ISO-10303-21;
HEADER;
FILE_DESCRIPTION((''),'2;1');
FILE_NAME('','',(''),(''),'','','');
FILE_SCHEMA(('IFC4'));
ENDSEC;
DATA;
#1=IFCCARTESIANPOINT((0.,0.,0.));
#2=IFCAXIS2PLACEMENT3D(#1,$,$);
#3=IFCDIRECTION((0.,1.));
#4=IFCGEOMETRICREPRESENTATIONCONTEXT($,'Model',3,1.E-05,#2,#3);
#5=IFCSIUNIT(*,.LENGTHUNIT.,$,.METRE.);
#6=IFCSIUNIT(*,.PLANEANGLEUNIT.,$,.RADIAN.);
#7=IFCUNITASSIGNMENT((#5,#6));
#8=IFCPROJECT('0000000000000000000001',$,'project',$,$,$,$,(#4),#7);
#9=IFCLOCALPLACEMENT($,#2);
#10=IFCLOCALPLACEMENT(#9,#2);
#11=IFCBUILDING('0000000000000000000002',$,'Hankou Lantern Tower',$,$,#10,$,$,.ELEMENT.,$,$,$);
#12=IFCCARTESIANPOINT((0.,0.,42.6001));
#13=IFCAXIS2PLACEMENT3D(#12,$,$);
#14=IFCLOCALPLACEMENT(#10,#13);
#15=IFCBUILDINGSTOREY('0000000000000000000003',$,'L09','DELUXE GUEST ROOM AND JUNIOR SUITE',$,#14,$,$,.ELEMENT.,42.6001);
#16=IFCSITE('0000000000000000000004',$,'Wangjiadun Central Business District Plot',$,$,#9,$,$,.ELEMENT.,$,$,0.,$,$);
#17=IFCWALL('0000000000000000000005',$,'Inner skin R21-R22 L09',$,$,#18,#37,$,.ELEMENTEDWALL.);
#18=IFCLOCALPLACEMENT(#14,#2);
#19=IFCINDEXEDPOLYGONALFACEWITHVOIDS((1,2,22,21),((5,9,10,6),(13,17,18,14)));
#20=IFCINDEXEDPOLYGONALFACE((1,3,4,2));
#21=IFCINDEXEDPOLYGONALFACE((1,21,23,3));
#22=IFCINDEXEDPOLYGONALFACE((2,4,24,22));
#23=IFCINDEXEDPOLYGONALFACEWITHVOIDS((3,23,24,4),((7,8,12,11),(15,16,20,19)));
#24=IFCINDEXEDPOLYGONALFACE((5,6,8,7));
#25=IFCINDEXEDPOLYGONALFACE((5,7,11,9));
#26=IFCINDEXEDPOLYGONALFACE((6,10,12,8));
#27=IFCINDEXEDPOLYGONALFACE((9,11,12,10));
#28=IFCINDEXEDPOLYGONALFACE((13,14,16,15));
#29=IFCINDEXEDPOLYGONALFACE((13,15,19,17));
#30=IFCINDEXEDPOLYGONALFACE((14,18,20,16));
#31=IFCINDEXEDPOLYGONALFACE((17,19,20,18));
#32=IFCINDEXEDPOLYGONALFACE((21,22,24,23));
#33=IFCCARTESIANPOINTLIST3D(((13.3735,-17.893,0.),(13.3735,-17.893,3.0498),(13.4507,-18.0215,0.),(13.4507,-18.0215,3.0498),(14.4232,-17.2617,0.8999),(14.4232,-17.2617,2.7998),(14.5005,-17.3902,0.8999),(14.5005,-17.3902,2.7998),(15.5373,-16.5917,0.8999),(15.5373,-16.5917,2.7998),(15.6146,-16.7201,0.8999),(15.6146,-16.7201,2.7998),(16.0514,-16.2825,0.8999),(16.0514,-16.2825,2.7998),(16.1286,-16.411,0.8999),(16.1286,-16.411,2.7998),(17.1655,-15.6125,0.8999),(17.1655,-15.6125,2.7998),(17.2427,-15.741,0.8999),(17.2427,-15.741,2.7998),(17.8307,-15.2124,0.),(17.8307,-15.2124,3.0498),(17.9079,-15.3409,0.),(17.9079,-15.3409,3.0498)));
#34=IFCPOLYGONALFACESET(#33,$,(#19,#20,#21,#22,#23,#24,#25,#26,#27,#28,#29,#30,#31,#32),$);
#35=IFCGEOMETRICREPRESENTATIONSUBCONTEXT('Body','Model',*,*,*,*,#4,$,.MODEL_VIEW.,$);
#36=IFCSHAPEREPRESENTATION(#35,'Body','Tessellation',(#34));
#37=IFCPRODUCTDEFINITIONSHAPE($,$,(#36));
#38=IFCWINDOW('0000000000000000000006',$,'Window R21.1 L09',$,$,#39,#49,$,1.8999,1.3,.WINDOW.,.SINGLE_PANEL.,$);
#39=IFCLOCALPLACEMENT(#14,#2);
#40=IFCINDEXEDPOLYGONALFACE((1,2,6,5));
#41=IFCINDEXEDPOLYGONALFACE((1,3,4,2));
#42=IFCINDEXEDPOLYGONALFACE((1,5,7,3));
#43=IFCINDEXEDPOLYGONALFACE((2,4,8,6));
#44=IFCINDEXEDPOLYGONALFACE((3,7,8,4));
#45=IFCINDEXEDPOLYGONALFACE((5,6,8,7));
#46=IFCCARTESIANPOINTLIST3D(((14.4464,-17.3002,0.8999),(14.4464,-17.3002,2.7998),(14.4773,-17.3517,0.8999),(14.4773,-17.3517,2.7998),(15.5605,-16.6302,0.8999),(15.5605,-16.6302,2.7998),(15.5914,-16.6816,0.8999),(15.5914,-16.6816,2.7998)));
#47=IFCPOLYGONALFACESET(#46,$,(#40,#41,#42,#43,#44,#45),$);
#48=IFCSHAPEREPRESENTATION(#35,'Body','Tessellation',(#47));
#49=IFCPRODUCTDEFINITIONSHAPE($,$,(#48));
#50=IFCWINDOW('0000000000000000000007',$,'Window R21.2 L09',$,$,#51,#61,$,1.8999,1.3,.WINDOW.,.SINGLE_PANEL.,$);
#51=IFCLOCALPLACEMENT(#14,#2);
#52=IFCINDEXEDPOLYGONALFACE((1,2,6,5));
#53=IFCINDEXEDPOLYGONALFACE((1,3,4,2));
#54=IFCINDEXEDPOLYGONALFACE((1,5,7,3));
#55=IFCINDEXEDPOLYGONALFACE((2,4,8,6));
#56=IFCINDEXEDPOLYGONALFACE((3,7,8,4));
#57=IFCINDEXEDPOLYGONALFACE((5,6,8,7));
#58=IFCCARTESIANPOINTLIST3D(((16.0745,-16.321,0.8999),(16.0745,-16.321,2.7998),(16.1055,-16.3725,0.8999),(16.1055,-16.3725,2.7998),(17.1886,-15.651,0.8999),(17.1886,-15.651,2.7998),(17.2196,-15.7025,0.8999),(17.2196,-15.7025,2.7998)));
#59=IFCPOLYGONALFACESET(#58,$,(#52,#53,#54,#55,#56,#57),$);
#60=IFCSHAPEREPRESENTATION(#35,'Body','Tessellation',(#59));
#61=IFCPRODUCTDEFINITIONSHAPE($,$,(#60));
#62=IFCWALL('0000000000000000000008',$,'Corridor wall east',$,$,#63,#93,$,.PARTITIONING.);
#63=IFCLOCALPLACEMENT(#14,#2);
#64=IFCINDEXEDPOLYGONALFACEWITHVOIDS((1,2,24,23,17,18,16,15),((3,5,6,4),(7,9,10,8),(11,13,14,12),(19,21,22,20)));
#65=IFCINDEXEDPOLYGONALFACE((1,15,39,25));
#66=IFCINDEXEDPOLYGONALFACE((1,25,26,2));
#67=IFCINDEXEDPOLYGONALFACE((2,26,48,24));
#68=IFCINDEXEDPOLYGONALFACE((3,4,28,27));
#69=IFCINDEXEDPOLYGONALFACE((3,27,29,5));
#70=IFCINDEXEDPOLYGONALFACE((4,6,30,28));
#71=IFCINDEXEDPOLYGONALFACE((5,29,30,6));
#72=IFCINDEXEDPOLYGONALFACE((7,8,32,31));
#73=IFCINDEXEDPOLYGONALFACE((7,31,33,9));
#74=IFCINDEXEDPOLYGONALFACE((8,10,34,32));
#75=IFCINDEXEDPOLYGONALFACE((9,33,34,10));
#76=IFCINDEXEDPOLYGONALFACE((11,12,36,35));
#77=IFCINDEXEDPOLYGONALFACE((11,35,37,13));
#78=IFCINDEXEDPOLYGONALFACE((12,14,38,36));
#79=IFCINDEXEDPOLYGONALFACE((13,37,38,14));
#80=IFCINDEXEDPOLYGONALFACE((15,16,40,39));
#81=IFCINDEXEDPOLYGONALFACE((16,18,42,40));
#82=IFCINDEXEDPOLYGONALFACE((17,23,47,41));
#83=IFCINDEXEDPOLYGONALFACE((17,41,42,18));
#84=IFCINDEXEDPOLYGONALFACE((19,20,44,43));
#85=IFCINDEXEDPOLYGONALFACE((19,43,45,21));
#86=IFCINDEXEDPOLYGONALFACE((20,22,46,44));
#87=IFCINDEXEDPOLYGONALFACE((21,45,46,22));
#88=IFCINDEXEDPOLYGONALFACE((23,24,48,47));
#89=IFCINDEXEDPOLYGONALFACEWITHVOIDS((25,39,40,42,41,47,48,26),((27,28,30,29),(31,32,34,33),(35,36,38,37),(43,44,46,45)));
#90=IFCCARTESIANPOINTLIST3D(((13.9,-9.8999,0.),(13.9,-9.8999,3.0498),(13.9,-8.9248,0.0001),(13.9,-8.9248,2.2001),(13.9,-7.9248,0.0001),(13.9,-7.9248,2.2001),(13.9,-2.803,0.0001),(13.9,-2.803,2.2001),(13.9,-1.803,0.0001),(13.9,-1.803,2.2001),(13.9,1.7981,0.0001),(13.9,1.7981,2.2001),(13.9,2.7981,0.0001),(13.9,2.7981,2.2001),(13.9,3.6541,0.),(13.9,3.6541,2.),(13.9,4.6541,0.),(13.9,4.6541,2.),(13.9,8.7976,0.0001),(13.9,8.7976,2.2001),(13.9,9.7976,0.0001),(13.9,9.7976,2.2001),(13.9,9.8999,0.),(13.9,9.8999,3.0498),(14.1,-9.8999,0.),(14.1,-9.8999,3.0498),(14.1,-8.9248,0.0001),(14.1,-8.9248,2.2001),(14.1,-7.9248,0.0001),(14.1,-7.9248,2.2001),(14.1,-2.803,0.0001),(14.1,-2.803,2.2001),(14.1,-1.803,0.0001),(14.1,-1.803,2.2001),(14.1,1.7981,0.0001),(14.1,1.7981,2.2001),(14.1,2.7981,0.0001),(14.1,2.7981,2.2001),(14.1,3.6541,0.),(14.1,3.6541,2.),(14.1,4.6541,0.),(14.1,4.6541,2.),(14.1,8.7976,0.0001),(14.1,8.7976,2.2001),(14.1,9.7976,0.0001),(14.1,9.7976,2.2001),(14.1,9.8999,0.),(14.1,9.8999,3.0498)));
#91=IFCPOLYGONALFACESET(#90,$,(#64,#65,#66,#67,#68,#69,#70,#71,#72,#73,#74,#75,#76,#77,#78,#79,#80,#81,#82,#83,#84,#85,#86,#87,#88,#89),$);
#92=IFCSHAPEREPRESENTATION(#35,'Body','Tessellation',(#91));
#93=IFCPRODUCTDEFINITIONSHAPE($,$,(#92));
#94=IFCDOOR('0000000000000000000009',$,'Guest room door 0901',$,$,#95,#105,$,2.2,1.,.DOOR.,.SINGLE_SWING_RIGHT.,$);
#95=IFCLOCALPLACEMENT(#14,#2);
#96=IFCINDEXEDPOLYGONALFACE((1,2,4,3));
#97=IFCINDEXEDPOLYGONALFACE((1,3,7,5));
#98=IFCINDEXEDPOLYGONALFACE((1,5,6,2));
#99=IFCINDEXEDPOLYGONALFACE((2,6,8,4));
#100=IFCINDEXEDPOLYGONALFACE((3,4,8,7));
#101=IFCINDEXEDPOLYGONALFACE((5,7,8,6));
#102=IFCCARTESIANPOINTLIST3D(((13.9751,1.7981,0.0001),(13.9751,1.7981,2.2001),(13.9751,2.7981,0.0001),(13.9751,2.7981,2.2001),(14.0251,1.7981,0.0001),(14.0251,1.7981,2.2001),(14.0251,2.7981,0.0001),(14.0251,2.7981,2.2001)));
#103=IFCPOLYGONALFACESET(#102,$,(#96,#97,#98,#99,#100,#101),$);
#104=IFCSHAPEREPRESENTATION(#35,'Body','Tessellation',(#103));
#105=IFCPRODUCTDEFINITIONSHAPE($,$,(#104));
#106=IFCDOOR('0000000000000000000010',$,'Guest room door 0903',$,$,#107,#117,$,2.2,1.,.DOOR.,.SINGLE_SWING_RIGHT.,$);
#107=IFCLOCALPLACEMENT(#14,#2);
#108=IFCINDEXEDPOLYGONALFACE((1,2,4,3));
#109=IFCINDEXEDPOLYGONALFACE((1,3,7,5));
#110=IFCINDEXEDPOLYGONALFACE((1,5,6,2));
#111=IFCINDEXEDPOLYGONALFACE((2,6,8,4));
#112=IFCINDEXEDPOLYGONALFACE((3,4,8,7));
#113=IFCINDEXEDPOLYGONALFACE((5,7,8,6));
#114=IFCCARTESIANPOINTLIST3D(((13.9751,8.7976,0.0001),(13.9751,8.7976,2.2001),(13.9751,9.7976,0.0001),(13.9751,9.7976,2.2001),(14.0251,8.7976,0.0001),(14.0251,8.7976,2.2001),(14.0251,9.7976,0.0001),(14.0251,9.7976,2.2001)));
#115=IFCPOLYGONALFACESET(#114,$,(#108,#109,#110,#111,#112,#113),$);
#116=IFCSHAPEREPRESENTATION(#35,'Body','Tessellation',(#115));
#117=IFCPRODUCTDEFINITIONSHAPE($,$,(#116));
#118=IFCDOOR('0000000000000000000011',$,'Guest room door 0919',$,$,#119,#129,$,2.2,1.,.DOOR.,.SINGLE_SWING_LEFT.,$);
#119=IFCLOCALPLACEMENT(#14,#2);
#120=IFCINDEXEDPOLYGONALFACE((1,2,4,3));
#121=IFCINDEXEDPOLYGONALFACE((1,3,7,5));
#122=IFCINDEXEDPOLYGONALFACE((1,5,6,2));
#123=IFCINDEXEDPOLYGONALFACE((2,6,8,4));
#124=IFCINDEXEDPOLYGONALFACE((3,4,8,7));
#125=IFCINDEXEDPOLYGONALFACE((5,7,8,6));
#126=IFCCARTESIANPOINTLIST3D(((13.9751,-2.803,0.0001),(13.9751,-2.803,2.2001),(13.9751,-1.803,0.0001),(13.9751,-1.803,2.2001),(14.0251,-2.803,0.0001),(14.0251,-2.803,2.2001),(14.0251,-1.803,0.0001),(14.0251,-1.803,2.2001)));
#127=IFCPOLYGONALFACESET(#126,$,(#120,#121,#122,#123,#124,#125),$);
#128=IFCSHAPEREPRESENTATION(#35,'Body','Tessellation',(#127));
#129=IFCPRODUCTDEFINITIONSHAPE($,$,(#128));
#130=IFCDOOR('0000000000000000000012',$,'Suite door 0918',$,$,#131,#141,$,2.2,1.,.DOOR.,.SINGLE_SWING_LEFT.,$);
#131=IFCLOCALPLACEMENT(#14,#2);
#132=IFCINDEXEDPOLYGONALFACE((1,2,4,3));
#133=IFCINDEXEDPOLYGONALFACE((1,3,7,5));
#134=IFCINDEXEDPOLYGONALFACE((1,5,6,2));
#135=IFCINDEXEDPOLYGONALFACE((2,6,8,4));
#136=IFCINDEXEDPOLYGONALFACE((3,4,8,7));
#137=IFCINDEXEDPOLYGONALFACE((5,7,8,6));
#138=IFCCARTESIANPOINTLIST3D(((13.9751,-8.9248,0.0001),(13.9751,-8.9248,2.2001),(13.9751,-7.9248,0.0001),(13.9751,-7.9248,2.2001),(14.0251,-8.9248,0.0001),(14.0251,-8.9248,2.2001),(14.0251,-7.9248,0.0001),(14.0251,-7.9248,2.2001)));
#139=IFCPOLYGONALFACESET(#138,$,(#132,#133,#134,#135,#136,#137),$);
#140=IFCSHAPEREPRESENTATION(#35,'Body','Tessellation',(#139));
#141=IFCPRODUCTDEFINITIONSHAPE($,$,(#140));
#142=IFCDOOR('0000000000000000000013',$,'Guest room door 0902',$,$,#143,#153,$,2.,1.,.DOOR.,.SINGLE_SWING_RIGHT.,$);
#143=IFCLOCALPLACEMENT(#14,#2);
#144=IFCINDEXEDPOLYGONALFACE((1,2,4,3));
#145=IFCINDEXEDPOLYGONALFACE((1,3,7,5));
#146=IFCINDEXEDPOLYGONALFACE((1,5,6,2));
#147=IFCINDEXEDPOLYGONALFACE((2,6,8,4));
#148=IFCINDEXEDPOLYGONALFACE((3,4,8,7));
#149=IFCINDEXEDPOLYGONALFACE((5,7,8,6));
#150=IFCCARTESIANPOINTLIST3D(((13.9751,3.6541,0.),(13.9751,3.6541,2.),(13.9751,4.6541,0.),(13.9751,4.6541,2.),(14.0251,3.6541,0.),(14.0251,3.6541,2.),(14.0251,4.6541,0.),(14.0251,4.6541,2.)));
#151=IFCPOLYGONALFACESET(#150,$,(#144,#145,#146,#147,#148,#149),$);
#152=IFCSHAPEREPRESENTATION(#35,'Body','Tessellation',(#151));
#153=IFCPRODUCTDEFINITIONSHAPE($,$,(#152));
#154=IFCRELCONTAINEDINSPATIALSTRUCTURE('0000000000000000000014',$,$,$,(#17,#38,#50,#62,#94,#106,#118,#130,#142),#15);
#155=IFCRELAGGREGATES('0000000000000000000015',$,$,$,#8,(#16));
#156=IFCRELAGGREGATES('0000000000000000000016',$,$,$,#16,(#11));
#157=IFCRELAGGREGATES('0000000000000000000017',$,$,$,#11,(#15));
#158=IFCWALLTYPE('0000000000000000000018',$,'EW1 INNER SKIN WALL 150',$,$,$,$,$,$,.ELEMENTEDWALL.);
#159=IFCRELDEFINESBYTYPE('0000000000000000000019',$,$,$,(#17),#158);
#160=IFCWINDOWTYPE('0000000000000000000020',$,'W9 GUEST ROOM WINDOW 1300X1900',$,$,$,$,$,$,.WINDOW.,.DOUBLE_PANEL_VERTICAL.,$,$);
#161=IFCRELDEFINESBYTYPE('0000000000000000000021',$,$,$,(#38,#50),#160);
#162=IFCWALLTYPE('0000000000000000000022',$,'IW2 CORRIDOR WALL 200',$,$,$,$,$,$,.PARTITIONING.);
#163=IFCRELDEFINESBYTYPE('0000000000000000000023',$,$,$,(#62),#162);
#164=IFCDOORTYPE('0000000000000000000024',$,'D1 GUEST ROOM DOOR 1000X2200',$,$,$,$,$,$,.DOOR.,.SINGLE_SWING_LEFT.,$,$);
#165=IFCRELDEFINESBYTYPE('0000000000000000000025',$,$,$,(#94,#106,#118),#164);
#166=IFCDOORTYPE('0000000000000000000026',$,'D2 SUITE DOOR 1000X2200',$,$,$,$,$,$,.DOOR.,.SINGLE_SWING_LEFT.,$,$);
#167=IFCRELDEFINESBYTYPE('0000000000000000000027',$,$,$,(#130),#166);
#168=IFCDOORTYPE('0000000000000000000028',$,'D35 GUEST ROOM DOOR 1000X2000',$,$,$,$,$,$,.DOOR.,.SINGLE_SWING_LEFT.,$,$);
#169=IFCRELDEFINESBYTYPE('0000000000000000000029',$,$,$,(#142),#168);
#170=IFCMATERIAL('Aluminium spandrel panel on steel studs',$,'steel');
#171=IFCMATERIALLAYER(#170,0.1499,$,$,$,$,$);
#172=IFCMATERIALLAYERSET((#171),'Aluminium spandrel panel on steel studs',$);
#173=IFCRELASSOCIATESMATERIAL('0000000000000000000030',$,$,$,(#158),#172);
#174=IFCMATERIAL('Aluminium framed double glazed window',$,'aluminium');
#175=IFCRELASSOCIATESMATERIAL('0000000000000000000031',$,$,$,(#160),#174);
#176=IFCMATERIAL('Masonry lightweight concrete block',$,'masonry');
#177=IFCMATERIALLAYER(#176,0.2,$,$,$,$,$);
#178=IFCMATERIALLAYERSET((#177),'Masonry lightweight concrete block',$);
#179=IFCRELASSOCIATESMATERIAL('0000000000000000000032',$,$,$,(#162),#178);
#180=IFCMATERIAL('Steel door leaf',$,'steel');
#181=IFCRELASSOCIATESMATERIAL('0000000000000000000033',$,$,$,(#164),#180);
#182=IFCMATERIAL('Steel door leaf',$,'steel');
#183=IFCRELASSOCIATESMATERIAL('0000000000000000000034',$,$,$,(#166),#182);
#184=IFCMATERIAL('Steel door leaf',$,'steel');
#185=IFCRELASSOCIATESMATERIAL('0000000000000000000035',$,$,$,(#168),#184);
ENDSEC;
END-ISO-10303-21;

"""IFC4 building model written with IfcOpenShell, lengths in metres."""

from ifc_helpers import new_model, si_unit, direction, frame, frame_2d, origin, place, context, subcontext, project, spatial, rectangle, extrude, material, layer, layer_set, type_object, element, fill, save


model = new_model("IFC4")

# Units and contexts
model_context = context("Model", 3, precision=1e-05, world=origin(), true_north=direction((0.0, 1.0)))
body_context = subcontext(model_context, "Body", "Model", "MODEL_VIEW")
ifc_project = project(units=[si_unit("LENGTHUNIT", "METRE"), si_unit("PLANEANGLEUNIT", "RADIAN")], contexts=[model_context])

# Site, building, storey
site_placement = place(None, origin())
site = spatial("IfcSite", under=ifc_project, at=site_placement, Name="Wangjiadun Central Business District Plot", CompositionType="ELEMENT", RefElevation=0.0)
building_placement = place(site_placement, origin())
building = spatial("IfcBuilding", under=site, at=building_placement, Name="Hankou Lantern Tower", CompositionType="ELEMENT")
storey_placement = place(building_placement, frame((0.0, 0.0, 42.6001)))
storey = spatial("IfcBuildingStorey", under=building, at=storey_placement, Name="L09", Description="DELUXE GUEST ROOM AND JUNIOR SUITE", CompositionType="ELEMENT", Elevation=42.6001)

# Wall, openings, windows
ifc_material_1 = material(Name="Aluminium spandrel panel on steel studs", Category="steel")
ifc_layer_1 = layer(ifc_material_1, 0.1499)
ifc_layer_set_1 = layer_set([ifc_layer_1], Name="Aluminium spandrel panel on steel studs")
wall_type_1 = type_object("IfcWallType", Name="EW1 INNER SKIN WALL 150", PredefinedType="ELEMENTEDWALL", material=ifc_layer_set_1)
wall_1_placement = place(storey_placement, frame((13.4121, -17.9573, 0.0), z_axis=(0.0, 0.0, 1.0), x_axis=(0.856958, 0.515386, 0.0)))
wall_1 = element("IfcWall", 1, at=wall_1_placement, inside=storey, type_object=wall_type_1, Name="Inner skin R21-R22 L09", PredefinedType="ELEMENTEDWALL", context=body_context, shape_type="SweptSolid", body=[
    extrude(rectangle(XDim=5.2012, YDim=0.1499, at=frame_2d((2.6006, 0.0))), origin(), (0.0, 0.0, 1.0), 3.0498),
])
opening_1_placement = place(wall_1_placement, frame((1.2251, 0.0, 0.8999)))
opening_1 = element("IfcOpeningElement", 2, at=opening_1_placement, cuts=wall_1, PredefinedType="OPENING", context=body_context, shape_type="SweptSolid", body=[
    extrude(rectangle(XDim=1.3, YDim=1.8999, at=frame_2d((0.6499, 0.95))), frame((0.0, 0.085, 0.0), z_axis=(0.0, -1.0, 0.0), x_axis=(1.0, 0.0, 0.0)), (0.0, 0.0, 1.0), 0.1699),
])
opening_2_placement = place(wall_1_placement, frame((3.125, 0.0, 0.8999)))
opening_2 = element("IfcOpeningElement", 3, at=opening_2_placement, cuts=wall_1, PredefinedType="OPENING", context=body_context, shape_type="SweptSolid", body=[
    extrude(rectangle(XDim=1.3, YDim=1.8999, at=frame_2d((0.6499, 0.95))), frame((0.0, 0.085, 0.0), z_axis=(0.0, -1.0, 0.0), x_axis=(1.0, 0.0, 0.0)), (0.0, 0.0, 1.0), 0.1699),
])
ifc_material_2 = material(Name="Aluminium framed double glazed window", Category="aluminium")
window_type = type_object("IfcWindowType", Name="W9 GUEST ROOM WINDOW 1300X1900", PartitioningType="DOUBLE_PANEL_VERTICAL", PredefinedType="WINDOW", material=ifc_material_2)
window_1_placement = place(opening_1_placement, origin())
window_1 = element("IfcWindow", 4, at=window_1_placement, inside=storey, type_object=window_type, Name="Window R21.1 L09", OverallHeight=1.8999, OverallWidth=1.3, PartitioningType="SINGLE_PANEL", PredefinedType="WINDOW", context=body_context, shape_type="SweptSolid", body=[
    extrude(rectangle(XDim=1.3, YDim=1.8999, at=frame_2d((0.6499, 0.95))), frame((0.0, 0.03, 0.0), z_axis=(0.0, -1.0, 0.0), x_axis=(1.0, 0.0, 0.0)), (0.0, 0.0, 1.0), 0.0601),
])
fill(opening_1, window_1)
window_2_placement = place(opening_2_placement, origin())
window_2 = element("IfcWindow", 5, at=window_2_placement, inside=storey, type_object=window_type, Name="Window R21.2 L09", OverallHeight=1.8999, OverallWidth=1.3, PartitioningType="SINGLE_PANEL", PredefinedType="WINDOW", context=body_context, shape_type="SweptSolid", body=[
    extrude(rectangle(XDim=1.3, YDim=1.8999, at=frame_2d((0.6499, 0.95))), frame((0.0, 0.03, 0.0), z_axis=(0.0, -1.0, 0.0), x_axis=(1.0, 0.0, 0.0)), (0.0, 0.0, 1.0), 0.0601),
])
fill(opening_2, window_2)

# Wall, openings, doors
ifc_material_3 = material(Name="Masonry lightweight concrete block", Category="masonry")
ifc_layer_2 = layer(ifc_material_3, 0.2)
ifc_layer_set_2 = layer_set([ifc_layer_2], Name="Masonry lightweight concrete block")
wall_type_2 = type_object("IfcWallType", Name="IW2 CORRIDOR WALL 200", PredefinedType="PARTITIONING", material=ifc_layer_set_2)
wall_2_placement = place(storey_placement, frame((14.0, -9.8999, 0.0), z_axis=(0.0, 0.0, 1.0), x_axis=(0.0, 1.0, 0.0)))
wall_2 = element("IfcWall", 6, at=wall_2_placement, inside=storey, type_object=wall_type_2, Name="Corridor wall east", PredefinedType="PARTITIONING", context=body_context, shape_type="SweptSolid", body=[
    extrude(rectangle(XDim=19.7998, YDim=0.2, at=frame_2d((9.8999, 0.0))), origin(), (0.0, 0.0, 1.0), 3.0498),
])
opening_3_placement = place(wall_2_placement, frame((11.698, 0.0, 0.0)))
opening_3 = element("IfcOpeningElement", 7, at=opening_3_placement, cuts=wall_2, PredefinedType="OPENING", context=body_context, shape_type="SweptSolid", body=[
    extrude(rectangle(XDim=1.0, YDim=2.2, at=frame_2d((0.5, 1.1001))), frame((0.0, 0.1099, 0.0), z_axis=(0.0, -1.0, 0.0), x_axis=(1.0, 0.0, 0.0)), (0.0, 0.0, 1.0), 0.22),
])
opening_4_placement = place(wall_2_placement, frame((13.554, 0.0, 0.0)))
opening_4 = element("IfcOpeningElement", 8, at=opening_4_placement, cuts=wall_2, PredefinedType="OPENING", context=body_context, shape_type="SweptSolid", body=[
    extrude(rectangle(XDim=1.0, YDim=2.0, at=frame_2d((0.5, 1.0))), frame((0.0, 0.1099, 0.0), z_axis=(0.0, -1.0, 0.0), x_axis=(1.0, 0.0, 0.0)), (0.0, 0.0, 1.0), 0.22),
])
opening_5_placement = place(wall_2_placement, frame((18.6975, 0.0, 0.0)))
opening_5 = element("IfcOpeningElement", 9, at=opening_5_placement, cuts=wall_2, PredefinedType="OPENING", context=body_context, shape_type="SweptSolid", body=[
    extrude(rectangle(XDim=1.0, YDim=2.2, at=frame_2d((0.5, 1.1001))), frame((0.0, 0.1099, 0.0), z_axis=(0.0, -1.0, 0.0), x_axis=(1.0, 0.0, 0.0)), (0.0, 0.0, 1.0), 0.22),
])
opening_6_placement = place(wall_2_placement, frame((0.9751, 0.0, 0.0)))
opening_6 = element("IfcOpeningElement", 10, at=opening_6_placement, cuts=wall_2, PredefinedType="OPENING", context=body_context, shape_type="SweptSolid", body=[
    extrude(rectangle(XDim=1.0, YDim=2.2, at=frame_2d((0.5, 1.1001))), frame((0.0, 0.1099, 0.0), z_axis=(0.0, -1.0, 0.0), x_axis=(1.0, 0.0, 0.0)), (0.0, 0.0, 1.0), 0.22),
])
opening_7_placement = place(wall_2_placement, frame((7.0969, 0.0, 0.0)))
opening_7 = element("IfcOpeningElement", 11, at=opening_7_placement, cuts=wall_2, PredefinedType="OPENING", context=body_context, shape_type="SweptSolid", body=[
    extrude(rectangle(XDim=1.0, YDim=2.2, at=frame_2d((0.5, 1.1001))), frame((0.0, 0.1099, 0.0), z_axis=(0.0, -1.0, 0.0), x_axis=(1.0, 0.0, 0.0)), (0.0, 0.0, 1.0), 0.22),
])
ifc_material_4 = material(Name="Steel door leaf", Category="steel")
door_type_1 = type_object("IfcDoorType", Name="D1 GUEST ROOM DOOR 1000X2200", OperationType="SINGLE_SWING_LEFT", PredefinedType="DOOR", material=ifc_material_4)
door_1_placement = place(opening_3_placement, origin())
door_1 = element("IfcDoor", 12, at=door_1_placement, inside=storey, type_object=door_type_1, Name="Guest room door 0901", OperationType="SINGLE_SWING_RIGHT", OverallHeight=2.2, OverallWidth=1.0, PredefinedType="DOOR", context=body_context, shape_type="SweptSolid", body=[
    extrude(rectangle(XDim=1.0, YDim=2.2, at=frame_2d((0.5, 1.1001))), frame((0.0, 0.0249, 0.0), z_axis=(0.0, -1.0, 0.0), x_axis=(1.0, 0.0, 0.0)), (0.0, 0.0, 1.0), 0.05),
])
fill(opening_3, door_1)
door_2_placement = place(opening_5_placement, origin())
door_2 = element("IfcDoor", 13, at=door_2_placement, inside=storey, type_object=door_type_1, Name="Guest room door 0903", OperationType="SINGLE_SWING_RIGHT", OverallHeight=2.2, OverallWidth=1.0, PredefinedType="DOOR", context=body_context, shape_type="SweptSolid", body=[
    extrude(rectangle(XDim=1.0, YDim=2.2, at=frame_2d((0.5, 1.1001))), frame((0.0, 0.0249, 0.0), z_axis=(0.0, -1.0, 0.0), x_axis=(1.0, 0.0, 0.0)), (0.0, 0.0, 1.0), 0.05),
])
fill(opening_5, door_2)
door_3_placement = place(opening_7_placement, origin())
door_3 = element("IfcDoor", 14, at=door_3_placement, inside=storey, type_object=door_type_1, Name="Guest room door 0919", OperationType="SINGLE_SWING_LEFT", OverallHeight=2.2, OverallWidth=1.0, PredefinedType="DOOR", context=body_context, shape_type="SweptSolid", body=[
    extrude(rectangle(XDim=1.0, YDim=2.2, at=frame_2d((0.5, 1.1001))), frame((0.0, 0.0249, 0.0), z_axis=(0.0, -1.0, 0.0), x_axis=(1.0, 0.0, 0.0)), (0.0, 0.0, 1.0), 0.05),
])
fill(opening_7, door_3)
ifc_material_5 = material(Name="Steel door leaf", Category="steel")
door_type_2 = type_object("IfcDoorType", Name="D2 SUITE DOOR 1000X2200", OperationType="SINGLE_SWING_LEFT", PredefinedType="DOOR", material=ifc_material_5)
door_4_placement = place(opening_6_placement, origin())
door_4 = element("IfcDoor", 15, at=door_4_placement, inside=storey, type_object=door_type_2, Name="Suite door 0918", OperationType="SINGLE_SWING_LEFT", OverallHeight=2.2, OverallWidth=1.0, PredefinedType="DOOR", context=body_context, shape_type="SweptSolid", body=[
    extrude(rectangle(XDim=1.0, YDim=2.2, at=frame_2d((0.5, 1.1001))), frame((0.0, 0.0249, 0.0), z_axis=(0.0, -1.0, 0.0), x_axis=(1.0, 0.0, 0.0)), (0.0, 0.0, 1.0), 0.05),
])
fill(opening_6, door_4)
ifc_material_6 = material(Name="Steel door leaf", Category="steel")
door_type_3 = type_object("IfcDoorType", Name="D35 GUEST ROOM DOOR 1000X2000", OperationType="SINGLE_SWING_LEFT", PredefinedType="DOOR", material=ifc_material_6)
door_5_placement = place(opening_4_placement, origin())
door_5 = element("IfcDoor", 16, at=door_5_placement, inside=storey, type_object=door_type_3, Name="Guest room door 0902", OperationType="SINGLE_SWING_RIGHT", OverallHeight=2.0, OverallWidth=1.0, PredefinedType="DOOR", context=body_context, shape_type="SweptSolid", body=[
    extrude(rectangle(XDim=1.0, YDim=2.0, at=frame_2d((0.5, 1.0))), frame((0.0, 0.0249, 0.0), z_axis=(0.0, -1.0, 0.0), x_axis=(1.0, 0.0, 0.0)), (0.0, 0.0, 1.0), 0.05),
])
fill(opening_4, door_5)

save(model, "model.ifc")
